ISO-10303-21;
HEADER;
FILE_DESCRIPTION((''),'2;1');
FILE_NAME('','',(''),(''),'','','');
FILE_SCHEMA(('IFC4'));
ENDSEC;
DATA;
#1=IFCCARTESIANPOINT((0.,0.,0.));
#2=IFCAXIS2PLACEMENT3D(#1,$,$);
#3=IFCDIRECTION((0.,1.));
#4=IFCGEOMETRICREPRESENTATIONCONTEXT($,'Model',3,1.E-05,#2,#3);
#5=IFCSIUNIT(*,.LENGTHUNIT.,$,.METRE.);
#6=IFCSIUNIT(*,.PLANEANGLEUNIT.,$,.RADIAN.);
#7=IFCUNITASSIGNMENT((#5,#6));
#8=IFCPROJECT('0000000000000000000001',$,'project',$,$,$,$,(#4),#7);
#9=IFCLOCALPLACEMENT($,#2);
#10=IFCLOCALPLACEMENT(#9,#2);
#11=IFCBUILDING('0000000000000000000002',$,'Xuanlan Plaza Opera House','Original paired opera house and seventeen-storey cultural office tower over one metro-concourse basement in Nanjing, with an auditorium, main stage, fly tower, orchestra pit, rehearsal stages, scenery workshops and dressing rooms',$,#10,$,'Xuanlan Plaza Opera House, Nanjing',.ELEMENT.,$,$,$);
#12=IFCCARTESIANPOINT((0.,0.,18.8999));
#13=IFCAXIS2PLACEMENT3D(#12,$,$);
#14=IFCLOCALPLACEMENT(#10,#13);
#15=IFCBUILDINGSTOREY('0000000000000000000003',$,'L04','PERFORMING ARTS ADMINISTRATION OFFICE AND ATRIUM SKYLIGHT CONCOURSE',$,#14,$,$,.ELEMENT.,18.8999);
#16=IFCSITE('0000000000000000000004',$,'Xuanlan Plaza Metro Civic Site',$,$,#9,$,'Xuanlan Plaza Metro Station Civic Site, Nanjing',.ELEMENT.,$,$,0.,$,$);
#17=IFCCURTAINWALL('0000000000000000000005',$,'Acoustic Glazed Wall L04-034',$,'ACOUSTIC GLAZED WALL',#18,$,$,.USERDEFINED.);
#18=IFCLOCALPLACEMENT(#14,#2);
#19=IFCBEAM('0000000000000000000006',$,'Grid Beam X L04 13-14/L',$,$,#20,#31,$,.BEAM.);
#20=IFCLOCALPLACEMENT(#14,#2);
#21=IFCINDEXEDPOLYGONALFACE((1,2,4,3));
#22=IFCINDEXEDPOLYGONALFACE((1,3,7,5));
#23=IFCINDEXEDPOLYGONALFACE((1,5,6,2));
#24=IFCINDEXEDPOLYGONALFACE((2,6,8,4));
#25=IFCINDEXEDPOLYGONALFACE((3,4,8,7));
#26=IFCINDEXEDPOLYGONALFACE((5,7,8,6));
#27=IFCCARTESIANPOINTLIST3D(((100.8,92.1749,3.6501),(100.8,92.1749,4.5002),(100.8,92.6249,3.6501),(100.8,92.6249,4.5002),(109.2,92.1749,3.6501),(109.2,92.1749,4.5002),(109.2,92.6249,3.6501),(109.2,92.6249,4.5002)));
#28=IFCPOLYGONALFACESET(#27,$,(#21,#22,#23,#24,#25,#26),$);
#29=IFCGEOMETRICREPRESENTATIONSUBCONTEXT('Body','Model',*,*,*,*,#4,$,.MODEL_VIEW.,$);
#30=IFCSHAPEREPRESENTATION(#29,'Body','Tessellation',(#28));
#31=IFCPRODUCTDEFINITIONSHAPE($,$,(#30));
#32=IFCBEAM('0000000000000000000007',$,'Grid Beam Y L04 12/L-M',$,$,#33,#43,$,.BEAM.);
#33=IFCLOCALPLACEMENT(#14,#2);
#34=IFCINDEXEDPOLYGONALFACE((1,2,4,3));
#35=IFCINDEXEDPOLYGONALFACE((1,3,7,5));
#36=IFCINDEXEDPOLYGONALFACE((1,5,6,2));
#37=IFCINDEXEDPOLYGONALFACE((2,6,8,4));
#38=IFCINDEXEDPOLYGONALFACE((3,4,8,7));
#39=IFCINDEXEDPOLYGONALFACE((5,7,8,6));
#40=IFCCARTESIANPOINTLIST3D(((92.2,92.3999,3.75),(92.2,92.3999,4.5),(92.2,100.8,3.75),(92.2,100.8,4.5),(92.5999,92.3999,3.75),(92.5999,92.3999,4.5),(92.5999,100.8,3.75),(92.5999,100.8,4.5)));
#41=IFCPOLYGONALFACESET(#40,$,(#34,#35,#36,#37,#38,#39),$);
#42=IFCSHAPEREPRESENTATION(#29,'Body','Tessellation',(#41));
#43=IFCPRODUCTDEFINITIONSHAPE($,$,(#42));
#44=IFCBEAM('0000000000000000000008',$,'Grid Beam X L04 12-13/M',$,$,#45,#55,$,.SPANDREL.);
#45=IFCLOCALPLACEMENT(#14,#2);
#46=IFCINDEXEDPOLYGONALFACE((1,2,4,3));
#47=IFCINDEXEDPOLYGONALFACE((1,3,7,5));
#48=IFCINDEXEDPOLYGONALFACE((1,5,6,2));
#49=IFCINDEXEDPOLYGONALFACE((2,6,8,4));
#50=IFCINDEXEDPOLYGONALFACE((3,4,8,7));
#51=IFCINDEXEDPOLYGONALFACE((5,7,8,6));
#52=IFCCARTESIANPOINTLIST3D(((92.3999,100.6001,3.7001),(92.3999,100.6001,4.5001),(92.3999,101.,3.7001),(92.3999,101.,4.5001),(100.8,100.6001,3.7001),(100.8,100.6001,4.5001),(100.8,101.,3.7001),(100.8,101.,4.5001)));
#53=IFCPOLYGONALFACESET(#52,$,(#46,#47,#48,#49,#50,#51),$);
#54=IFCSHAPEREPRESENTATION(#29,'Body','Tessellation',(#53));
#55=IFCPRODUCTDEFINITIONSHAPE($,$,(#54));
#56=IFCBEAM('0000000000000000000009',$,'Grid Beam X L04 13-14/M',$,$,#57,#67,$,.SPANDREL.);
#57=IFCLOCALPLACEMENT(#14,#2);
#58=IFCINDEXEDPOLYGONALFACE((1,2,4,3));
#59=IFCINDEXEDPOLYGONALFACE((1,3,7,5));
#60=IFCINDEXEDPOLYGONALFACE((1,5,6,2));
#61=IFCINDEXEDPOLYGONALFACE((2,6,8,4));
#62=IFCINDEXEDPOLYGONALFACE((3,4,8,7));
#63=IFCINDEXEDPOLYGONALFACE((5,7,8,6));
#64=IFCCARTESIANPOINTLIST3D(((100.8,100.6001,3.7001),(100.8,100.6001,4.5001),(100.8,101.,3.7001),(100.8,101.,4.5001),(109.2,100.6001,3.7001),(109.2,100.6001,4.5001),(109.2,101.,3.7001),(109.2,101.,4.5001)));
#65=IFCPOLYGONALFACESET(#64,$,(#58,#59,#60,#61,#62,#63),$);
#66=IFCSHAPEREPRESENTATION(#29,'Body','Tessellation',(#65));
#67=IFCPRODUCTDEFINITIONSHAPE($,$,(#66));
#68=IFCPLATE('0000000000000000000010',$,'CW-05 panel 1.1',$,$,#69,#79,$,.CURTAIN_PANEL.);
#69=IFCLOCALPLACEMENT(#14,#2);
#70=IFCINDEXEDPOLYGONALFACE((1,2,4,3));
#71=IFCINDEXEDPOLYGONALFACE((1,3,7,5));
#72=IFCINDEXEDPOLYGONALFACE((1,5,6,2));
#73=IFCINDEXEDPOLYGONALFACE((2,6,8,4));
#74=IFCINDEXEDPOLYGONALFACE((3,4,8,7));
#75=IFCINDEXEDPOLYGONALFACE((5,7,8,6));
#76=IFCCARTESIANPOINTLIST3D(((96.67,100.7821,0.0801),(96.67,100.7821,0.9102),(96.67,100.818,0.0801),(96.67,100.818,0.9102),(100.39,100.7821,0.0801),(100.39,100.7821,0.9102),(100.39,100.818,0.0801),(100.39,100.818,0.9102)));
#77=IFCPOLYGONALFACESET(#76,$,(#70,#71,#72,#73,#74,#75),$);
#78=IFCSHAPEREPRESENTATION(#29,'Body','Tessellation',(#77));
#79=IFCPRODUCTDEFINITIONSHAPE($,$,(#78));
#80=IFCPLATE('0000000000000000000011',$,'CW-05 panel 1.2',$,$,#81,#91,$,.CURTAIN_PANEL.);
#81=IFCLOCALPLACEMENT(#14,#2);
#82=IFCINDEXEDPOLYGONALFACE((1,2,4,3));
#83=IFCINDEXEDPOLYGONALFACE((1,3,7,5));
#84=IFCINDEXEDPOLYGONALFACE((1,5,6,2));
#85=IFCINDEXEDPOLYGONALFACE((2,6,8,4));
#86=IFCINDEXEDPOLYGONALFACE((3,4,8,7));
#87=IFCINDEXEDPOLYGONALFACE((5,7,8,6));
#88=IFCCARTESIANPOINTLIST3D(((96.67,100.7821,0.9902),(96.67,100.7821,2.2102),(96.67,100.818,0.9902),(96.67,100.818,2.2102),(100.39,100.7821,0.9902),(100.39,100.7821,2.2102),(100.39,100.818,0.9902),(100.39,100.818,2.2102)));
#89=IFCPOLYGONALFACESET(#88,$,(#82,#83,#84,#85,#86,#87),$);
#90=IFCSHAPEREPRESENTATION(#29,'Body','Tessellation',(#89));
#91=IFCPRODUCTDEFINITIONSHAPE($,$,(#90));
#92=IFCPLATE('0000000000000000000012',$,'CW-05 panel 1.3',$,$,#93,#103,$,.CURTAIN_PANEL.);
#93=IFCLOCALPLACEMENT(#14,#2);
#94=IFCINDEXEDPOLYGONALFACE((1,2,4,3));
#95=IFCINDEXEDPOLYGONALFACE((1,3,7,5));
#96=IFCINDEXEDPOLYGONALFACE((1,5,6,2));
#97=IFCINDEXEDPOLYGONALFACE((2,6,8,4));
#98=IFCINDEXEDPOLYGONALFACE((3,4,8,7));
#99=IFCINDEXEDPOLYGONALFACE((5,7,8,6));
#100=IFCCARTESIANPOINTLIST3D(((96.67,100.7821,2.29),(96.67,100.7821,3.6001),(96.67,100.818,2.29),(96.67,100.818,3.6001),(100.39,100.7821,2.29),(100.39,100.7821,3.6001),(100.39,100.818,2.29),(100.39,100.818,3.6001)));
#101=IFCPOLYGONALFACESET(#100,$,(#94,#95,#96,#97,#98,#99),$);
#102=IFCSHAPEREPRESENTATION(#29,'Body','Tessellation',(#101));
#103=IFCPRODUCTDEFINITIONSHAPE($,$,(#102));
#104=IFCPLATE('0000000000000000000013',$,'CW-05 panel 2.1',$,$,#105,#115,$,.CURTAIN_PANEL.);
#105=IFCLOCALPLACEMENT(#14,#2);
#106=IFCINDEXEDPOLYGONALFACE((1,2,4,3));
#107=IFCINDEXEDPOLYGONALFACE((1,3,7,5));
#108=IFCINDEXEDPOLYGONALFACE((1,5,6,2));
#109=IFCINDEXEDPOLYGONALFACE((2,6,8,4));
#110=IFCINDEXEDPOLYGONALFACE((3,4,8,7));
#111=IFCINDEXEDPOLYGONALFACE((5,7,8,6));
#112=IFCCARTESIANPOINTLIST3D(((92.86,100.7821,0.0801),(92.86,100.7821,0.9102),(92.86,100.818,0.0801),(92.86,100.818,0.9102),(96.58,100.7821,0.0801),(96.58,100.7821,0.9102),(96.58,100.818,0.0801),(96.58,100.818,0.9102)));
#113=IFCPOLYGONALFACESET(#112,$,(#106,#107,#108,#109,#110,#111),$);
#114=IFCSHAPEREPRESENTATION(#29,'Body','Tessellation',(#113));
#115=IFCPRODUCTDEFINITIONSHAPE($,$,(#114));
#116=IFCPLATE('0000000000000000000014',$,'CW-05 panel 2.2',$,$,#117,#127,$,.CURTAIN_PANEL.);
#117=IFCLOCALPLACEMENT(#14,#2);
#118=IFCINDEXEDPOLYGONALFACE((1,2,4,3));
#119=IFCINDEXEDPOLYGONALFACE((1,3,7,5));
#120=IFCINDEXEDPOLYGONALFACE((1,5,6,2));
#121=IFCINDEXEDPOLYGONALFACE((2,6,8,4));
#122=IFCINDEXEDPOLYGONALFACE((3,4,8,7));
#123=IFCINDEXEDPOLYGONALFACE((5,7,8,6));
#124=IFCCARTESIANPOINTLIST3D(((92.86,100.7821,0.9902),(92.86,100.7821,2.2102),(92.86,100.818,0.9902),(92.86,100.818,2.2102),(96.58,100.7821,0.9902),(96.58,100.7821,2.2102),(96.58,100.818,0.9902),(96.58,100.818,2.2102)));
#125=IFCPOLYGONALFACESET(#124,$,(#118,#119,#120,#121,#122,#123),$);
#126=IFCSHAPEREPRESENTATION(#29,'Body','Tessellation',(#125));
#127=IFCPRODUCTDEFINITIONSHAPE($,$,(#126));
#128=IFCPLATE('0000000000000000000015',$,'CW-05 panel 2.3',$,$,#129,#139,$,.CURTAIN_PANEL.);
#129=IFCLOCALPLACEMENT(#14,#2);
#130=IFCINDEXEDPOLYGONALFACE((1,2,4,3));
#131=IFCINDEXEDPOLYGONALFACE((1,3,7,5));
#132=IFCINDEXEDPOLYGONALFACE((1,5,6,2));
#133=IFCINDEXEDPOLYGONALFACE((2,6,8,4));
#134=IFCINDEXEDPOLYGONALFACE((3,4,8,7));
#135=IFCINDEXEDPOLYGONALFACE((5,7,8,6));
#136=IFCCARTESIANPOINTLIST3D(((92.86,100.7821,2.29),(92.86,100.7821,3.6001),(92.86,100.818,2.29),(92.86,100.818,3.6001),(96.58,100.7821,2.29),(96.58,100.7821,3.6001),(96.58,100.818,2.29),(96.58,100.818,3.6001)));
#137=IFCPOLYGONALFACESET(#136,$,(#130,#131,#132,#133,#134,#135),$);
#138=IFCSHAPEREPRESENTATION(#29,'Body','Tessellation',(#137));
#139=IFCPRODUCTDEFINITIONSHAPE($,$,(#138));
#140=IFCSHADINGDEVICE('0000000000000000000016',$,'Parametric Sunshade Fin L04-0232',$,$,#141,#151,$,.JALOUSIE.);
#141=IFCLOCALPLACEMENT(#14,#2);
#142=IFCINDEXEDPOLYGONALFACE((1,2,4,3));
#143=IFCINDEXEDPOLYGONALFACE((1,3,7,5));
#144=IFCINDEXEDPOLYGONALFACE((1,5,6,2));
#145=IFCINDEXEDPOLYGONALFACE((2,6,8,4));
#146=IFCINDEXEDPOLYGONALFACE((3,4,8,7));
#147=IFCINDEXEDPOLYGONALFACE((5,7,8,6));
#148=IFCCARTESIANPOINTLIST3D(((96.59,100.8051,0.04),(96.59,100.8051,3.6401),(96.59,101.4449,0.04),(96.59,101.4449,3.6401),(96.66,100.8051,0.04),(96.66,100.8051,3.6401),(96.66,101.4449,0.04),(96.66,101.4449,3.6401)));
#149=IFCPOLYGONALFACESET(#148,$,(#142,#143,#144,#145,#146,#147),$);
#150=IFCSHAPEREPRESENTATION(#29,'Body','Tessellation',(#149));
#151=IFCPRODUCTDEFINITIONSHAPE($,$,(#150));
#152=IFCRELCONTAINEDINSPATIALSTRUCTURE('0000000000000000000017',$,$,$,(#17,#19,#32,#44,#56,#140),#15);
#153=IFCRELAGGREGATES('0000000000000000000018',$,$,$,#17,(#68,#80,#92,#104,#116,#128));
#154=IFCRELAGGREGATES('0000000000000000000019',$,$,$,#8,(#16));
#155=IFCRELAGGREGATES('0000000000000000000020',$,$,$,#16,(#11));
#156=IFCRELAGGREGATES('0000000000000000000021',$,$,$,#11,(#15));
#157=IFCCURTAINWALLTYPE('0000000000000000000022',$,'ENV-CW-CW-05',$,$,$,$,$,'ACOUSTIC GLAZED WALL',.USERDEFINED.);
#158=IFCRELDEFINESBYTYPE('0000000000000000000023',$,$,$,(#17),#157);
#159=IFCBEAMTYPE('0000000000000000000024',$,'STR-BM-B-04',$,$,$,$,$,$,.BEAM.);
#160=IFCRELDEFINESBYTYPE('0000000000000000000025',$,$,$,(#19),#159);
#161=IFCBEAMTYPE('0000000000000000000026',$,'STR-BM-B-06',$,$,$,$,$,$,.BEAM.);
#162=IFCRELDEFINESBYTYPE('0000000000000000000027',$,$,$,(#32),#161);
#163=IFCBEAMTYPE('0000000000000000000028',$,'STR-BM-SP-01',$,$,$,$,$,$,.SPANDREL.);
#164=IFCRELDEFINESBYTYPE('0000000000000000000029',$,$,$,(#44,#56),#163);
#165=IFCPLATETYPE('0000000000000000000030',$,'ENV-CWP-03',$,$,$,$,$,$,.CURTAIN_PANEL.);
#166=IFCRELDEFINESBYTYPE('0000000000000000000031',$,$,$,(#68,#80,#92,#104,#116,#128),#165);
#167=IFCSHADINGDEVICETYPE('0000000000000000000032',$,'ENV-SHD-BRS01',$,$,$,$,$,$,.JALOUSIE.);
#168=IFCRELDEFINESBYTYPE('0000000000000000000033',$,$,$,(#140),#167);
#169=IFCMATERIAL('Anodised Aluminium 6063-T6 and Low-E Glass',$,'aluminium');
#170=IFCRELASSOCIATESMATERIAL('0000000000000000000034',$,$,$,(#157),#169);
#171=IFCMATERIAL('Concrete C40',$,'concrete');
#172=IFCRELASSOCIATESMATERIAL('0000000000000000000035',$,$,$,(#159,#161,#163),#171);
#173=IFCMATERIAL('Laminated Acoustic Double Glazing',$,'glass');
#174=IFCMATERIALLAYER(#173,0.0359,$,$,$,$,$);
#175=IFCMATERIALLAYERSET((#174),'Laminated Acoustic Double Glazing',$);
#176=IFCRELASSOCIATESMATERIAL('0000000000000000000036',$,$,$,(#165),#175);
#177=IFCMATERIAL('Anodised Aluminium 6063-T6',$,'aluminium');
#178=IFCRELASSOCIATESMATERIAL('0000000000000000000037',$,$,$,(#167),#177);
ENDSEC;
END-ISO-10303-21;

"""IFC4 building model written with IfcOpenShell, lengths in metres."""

from ifc_helpers import new_model, si_unit, direction, frame, origin, origin_2d, place, context, subcontext, project, spatial, rectangle, extrude, material, layer, layer_set, material_profile, profile_set, type_object, element, aggregate, save


model = new_model("IFC4")

# Units and contexts
model_context = context("Model", 3, precision=1e-05, world=origin(), true_north=direction((0.0, 1.0)))
body_context = subcontext(model_context, "Body", "Model", "MODEL_VIEW")
ifc_project = project(units=[si_unit("LENGTHUNIT", "METRE"), si_unit("PLANEANGLEUNIT", "RADIAN")], contexts=[model_context])

# Site, building, storey
site_placement = place(None, origin())
site = spatial("IfcSite", under=ifc_project, at=site_placement, Name="Xuanlan Plaza Metro Civic Site", LongName="Xuanlan Plaza Metro Station Civic Site, Nanjing", CompositionType="ELEMENT", RefElevation=0.0)
building_placement = place(site_placement, origin())
building = spatial("IfcBuilding", under=site, at=building_placement, Name="Xuanlan Plaza Opera House", Description="Original paired opera house and seventeen-storey cultural office tower over one metro-concourse basement in Nanjing, with an auditorium, main stage, fly tower, orchestra pit, rehearsal stages, scenery workshops and dressing rooms", LongName="Xuanlan Plaza Opera House, Nanjing", CompositionType="ELEMENT")
storey_placement = place(building_placement, frame((0.0, 0.0, 18.8999)))
storey = spatial("IfcBuildingStorey", under=building, at=storey_placement, Name="L04", Description="PERFORMING ARTS ADMINISTRATION OFFICE AND ATRIUM SKYLIGHT CONCOURSE", CompositionType="ELEMENT", Elevation=18.8999)

# Shared definitions
ifc_material_1 = material(Name="Concrete C40", Category="concrete")

# Curtain wall
ifc_material_2 = material(Name="Anodised Aluminium 6063-T6 and Low-E Glass", Category="aluminium")
curtain_wall_type = type_object("IfcCurtainWallType", Name="ENV-CW-CW-05", ElementType="ACOUSTIC GLAZED WALL", PredefinedType="USERDEFINED", material=ifc_material_2)
curtain_wall_placement = place(storey_placement, origin())
curtain_wall = element("IfcCurtainWall", 1, at=curtain_wall_placement, inside=storey, type_object=curtain_wall_type, Name="Acoustic Glazed Wall L04-034", ObjectType="ACOUSTIC GLAZED WALL", PredefinedType="USERDEFINED")
ifc_material_3 = material(Name="Anodised Aluminium 6063-T6", Category="aluminium")

# Beams
ifc_material_profile_1 = material_profile(ifc_material_1, rectangle(XDim=0.45, YDim=0.8501, at=origin_2d()), Name="RC-BM 450x850")
ifc_profile_set_1 = profile_set([ifc_material_profile_1], Name="Concrete C40")
beam_type_1 = type_object("IfcBeamType", Name="STR-BM-B-04", PredefinedType="BEAM", material=ifc_profile_set_1)
beam_1_placement = place(storey_placement, frame((100.8, 92.3999, 4.0752), z_axis=(1.0, 0.0, 0.0), x_axis=(0.0, 1.0, 0.0)))
element("IfcBeam", 2, at=beam_1_placement, inside=storey, type_object=beam_type_1, Name="Grid Beam X L04 13-14/L", PredefinedType="BEAM", context=body_context, shape_type="SweptSolid", body=[
    extrude(rectangle(XDim=0.45, YDim=0.8501, at=origin_2d()), origin(), (0.0, 0.0, 1.0), 8.3999),
])
ifc_material_profile_2 = material_profile(ifc_material_1, rectangle(XDim=0.3999, YDim=0.75, at=origin_2d()), Name="RC-BM 400x750")
ifc_profile_set_2 = profile_set([ifc_material_profile_2], Name="Concrete C40")
beam_type_2 = type_object("IfcBeamType", Name="STR-BM-B-06", PredefinedType="BEAM", material=ifc_profile_set_2)
beam_2_placement = place(storey_placement, frame((92.3999, 92.3999, 4.125), z_axis=(0.0, 1.0, 0.0), x_axis=(-1.0, 0.0, 0.0)))
element("IfcBeam", 3, at=beam_2_placement, inside=storey, type_object=beam_type_2, Name="Grid Beam Y L04 12/L-M", PredefinedType="BEAM", context=body_context, shape_type="SweptSolid", body=[
    extrude(rectangle(XDim=0.3999, YDim=0.75, at=origin_2d()), origin(), (0.0, 0.0, 1.0), 8.4001),
])
ifc_material_profile_3 = material_profile(ifc_material_1, rectangle(XDim=0.3999, YDim=0.8, at=origin_2d()), Name="RC-SPD 400x800")
ifc_profile_set_3 = profile_set([ifc_material_profile_3], Name="Concrete C40")
beam_type_3 = type_object("IfcBeamType", Name="STR-BM-SP-01", PredefinedType="SPANDREL", material=ifc_profile_set_3)
beam_3_placement = place(storey_placement, frame((92.3999, 100.8, 4.1001), z_axis=(1.0, 0.0, 0.0), x_axis=(0.0, 1.0, 0.0)))
element("IfcBeam", 4, at=beam_3_placement, inside=storey, type_object=beam_type_3, Name="Grid Beam X L04 12-13/M", PredefinedType="SPANDREL", context=body_context, shape_type="SweptSolid", body=[
    extrude(rectangle(XDim=0.3999, YDim=0.8, at=origin_2d()), origin(), (0.0, 0.0, 1.0), 8.4001),
])
beam_4_placement = place(storey_placement, frame((100.8, 100.8, 4.1001), z_axis=(1.0, 0.0, 0.0), x_axis=(0.0, 1.0, 0.0)))
element("IfcBeam", 5, at=beam_4_placement, inside=storey, type_object=beam_type_3, Name="Grid Beam X L04 13-14/M", PredefinedType="SPANDREL", context=body_context, shape_type="SweptSolid", body=[
    extrude(rectangle(XDim=0.3999, YDim=0.8, at=origin_2d()), origin(), (0.0, 0.0, 1.0), 8.3999),
])

# Plates
ifc_material_4 = material(Name="Laminated Acoustic Double Glazing", Category="glass")
ifc_layer = layer(ifc_material_4, 0.0359)
ifc_layer_set = layer_set([ifc_layer], Name="Laminated Acoustic Double Glazing")
plate_type = type_object("IfcPlateType", Name="ENV-CWP-03", PredefinedType="CURTAIN_PANEL", material=ifc_layer_set)
plate_1_placement = place(storey_placement, frame((98.53, 100.8, 0.0801), z_axis=(0.0, 0.0, 1.0), x_axis=(-1.0, 0.0, 0.0)))
plate_1 = element("IfcPlate", 6, at=plate_1_placement, type_object=plate_type, Name="CW-05 panel 1.1", PredefinedType="CURTAIN_PANEL", context=body_context, shape_type="SweptSolid", body=[
    extrude(rectangle(XDim=3.72, YDim=0.0359, at=origin_2d()), origin(), (0.0, 0.0, 1.0), 0.8301),
])
plate_2_placement = place(storey_placement, frame((98.53, 100.8, 0.9902), z_axis=(0.0, 0.0, 1.0), x_axis=(-1.0, 0.0, 0.0)))
plate_2 = element("IfcPlate", 7, at=plate_2_placement, type_object=plate_type, Name="CW-05 panel 1.2", PredefinedType="CURTAIN_PANEL", context=body_context, shape_type="SweptSolid", body=[
    extrude(rectangle(XDim=3.72, YDim=0.0359, at=origin_2d()), origin(), (0.0, 0.0, 1.0), 1.22),
])
plate_3_placement = place(storey_placement, frame((98.53, 100.8, 2.29), z_axis=(0.0, 0.0, 1.0), x_axis=(-1.0, 0.0, 0.0)))
plate_3 = element("IfcPlate", 8, at=plate_3_placement, type_object=plate_type, Name="CW-05 panel 1.3", PredefinedType="CURTAIN_PANEL", context=body_context, shape_type="SweptSolid", body=[
    extrude(rectangle(XDim=3.72, YDim=0.0359, at=origin_2d()), origin(), (0.0, 0.0, 1.0), 1.3101),
])
plate_4_placement = place(storey_placement, frame((94.72, 100.8, 0.0801), z_axis=(0.0, 0.0, 1.0), x_axis=(-1.0, 0.0, 0.0)))
plate_4 = element("IfcPlate", 9, at=plate_4_placement, type_object=plate_type, Name="CW-05 panel 2.1", PredefinedType="CURTAIN_PANEL", context=body_context, shape_type="SweptSolid", body=[
    extrude(rectangle(XDim=3.72, YDim=0.0359, at=origin_2d()), origin(), (0.0, 0.0, 1.0), 0.8301),
])
plate_5_placement = place(storey_placement, frame((94.72, 100.8, 0.9902), z_axis=(0.0, 0.0, 1.0), x_axis=(-1.0, 0.0, 0.0)))
plate_5 = element("IfcPlate", 10, at=plate_5_placement, type_object=plate_type, Name="CW-05 panel 2.2", PredefinedType="CURTAIN_PANEL", context=body_context, shape_type="SweptSolid", body=[
    extrude(rectangle(XDim=3.72, YDim=0.0359, at=origin_2d()), origin(), (0.0, 0.0, 1.0), 1.22),
])
plate_6_placement = place(storey_placement, frame((94.72, 100.8, 2.29), z_axis=(0.0, 0.0, 1.0), x_axis=(-1.0, 0.0, 0.0)))
plate_6 = element("IfcPlate", 11, at=plate_6_placement, type_object=plate_type, Name="CW-05 panel 2.3", PredefinedType="CURTAIN_PANEL", context=body_context, shape_type="SweptSolid", body=[
    extrude(rectangle(XDim=3.72, YDim=0.0359, at=origin_2d()), origin(), (0.0, 0.0, 1.0), 1.3101),
])
aggregate(curtain_wall, [plate_1, plate_2, plate_3, plate_4, plate_5, plate_6])

# Shading device
shading_device_type = type_object("IfcShadingDeviceType", Name="ENV-SHD-BRS01", PredefinedType="JALOUSIE", material=ifc_material_3)
shading_device_placement = place(storey_placement, frame((96.625, 101.125, 0.04), z_axis=(0.0, 0.0, 1.0), x_axis=(0.0, 1.0, 0.0)))
element("IfcShadingDevice", 12, at=shading_device_placement, inside=storey, type_object=shading_device_type, Name="Parametric Sunshade Fin L04-0232", PredefinedType="JALOUSIE", context=body_context, shape_type="SweptSolid", body=[
    extrude(rectangle(XDim=0.6399, YDim=0.0701, at=origin_2d()), origin(), (0.0, 0.0, 1.0), 3.6001),
])

save(model, "model.ifc")
